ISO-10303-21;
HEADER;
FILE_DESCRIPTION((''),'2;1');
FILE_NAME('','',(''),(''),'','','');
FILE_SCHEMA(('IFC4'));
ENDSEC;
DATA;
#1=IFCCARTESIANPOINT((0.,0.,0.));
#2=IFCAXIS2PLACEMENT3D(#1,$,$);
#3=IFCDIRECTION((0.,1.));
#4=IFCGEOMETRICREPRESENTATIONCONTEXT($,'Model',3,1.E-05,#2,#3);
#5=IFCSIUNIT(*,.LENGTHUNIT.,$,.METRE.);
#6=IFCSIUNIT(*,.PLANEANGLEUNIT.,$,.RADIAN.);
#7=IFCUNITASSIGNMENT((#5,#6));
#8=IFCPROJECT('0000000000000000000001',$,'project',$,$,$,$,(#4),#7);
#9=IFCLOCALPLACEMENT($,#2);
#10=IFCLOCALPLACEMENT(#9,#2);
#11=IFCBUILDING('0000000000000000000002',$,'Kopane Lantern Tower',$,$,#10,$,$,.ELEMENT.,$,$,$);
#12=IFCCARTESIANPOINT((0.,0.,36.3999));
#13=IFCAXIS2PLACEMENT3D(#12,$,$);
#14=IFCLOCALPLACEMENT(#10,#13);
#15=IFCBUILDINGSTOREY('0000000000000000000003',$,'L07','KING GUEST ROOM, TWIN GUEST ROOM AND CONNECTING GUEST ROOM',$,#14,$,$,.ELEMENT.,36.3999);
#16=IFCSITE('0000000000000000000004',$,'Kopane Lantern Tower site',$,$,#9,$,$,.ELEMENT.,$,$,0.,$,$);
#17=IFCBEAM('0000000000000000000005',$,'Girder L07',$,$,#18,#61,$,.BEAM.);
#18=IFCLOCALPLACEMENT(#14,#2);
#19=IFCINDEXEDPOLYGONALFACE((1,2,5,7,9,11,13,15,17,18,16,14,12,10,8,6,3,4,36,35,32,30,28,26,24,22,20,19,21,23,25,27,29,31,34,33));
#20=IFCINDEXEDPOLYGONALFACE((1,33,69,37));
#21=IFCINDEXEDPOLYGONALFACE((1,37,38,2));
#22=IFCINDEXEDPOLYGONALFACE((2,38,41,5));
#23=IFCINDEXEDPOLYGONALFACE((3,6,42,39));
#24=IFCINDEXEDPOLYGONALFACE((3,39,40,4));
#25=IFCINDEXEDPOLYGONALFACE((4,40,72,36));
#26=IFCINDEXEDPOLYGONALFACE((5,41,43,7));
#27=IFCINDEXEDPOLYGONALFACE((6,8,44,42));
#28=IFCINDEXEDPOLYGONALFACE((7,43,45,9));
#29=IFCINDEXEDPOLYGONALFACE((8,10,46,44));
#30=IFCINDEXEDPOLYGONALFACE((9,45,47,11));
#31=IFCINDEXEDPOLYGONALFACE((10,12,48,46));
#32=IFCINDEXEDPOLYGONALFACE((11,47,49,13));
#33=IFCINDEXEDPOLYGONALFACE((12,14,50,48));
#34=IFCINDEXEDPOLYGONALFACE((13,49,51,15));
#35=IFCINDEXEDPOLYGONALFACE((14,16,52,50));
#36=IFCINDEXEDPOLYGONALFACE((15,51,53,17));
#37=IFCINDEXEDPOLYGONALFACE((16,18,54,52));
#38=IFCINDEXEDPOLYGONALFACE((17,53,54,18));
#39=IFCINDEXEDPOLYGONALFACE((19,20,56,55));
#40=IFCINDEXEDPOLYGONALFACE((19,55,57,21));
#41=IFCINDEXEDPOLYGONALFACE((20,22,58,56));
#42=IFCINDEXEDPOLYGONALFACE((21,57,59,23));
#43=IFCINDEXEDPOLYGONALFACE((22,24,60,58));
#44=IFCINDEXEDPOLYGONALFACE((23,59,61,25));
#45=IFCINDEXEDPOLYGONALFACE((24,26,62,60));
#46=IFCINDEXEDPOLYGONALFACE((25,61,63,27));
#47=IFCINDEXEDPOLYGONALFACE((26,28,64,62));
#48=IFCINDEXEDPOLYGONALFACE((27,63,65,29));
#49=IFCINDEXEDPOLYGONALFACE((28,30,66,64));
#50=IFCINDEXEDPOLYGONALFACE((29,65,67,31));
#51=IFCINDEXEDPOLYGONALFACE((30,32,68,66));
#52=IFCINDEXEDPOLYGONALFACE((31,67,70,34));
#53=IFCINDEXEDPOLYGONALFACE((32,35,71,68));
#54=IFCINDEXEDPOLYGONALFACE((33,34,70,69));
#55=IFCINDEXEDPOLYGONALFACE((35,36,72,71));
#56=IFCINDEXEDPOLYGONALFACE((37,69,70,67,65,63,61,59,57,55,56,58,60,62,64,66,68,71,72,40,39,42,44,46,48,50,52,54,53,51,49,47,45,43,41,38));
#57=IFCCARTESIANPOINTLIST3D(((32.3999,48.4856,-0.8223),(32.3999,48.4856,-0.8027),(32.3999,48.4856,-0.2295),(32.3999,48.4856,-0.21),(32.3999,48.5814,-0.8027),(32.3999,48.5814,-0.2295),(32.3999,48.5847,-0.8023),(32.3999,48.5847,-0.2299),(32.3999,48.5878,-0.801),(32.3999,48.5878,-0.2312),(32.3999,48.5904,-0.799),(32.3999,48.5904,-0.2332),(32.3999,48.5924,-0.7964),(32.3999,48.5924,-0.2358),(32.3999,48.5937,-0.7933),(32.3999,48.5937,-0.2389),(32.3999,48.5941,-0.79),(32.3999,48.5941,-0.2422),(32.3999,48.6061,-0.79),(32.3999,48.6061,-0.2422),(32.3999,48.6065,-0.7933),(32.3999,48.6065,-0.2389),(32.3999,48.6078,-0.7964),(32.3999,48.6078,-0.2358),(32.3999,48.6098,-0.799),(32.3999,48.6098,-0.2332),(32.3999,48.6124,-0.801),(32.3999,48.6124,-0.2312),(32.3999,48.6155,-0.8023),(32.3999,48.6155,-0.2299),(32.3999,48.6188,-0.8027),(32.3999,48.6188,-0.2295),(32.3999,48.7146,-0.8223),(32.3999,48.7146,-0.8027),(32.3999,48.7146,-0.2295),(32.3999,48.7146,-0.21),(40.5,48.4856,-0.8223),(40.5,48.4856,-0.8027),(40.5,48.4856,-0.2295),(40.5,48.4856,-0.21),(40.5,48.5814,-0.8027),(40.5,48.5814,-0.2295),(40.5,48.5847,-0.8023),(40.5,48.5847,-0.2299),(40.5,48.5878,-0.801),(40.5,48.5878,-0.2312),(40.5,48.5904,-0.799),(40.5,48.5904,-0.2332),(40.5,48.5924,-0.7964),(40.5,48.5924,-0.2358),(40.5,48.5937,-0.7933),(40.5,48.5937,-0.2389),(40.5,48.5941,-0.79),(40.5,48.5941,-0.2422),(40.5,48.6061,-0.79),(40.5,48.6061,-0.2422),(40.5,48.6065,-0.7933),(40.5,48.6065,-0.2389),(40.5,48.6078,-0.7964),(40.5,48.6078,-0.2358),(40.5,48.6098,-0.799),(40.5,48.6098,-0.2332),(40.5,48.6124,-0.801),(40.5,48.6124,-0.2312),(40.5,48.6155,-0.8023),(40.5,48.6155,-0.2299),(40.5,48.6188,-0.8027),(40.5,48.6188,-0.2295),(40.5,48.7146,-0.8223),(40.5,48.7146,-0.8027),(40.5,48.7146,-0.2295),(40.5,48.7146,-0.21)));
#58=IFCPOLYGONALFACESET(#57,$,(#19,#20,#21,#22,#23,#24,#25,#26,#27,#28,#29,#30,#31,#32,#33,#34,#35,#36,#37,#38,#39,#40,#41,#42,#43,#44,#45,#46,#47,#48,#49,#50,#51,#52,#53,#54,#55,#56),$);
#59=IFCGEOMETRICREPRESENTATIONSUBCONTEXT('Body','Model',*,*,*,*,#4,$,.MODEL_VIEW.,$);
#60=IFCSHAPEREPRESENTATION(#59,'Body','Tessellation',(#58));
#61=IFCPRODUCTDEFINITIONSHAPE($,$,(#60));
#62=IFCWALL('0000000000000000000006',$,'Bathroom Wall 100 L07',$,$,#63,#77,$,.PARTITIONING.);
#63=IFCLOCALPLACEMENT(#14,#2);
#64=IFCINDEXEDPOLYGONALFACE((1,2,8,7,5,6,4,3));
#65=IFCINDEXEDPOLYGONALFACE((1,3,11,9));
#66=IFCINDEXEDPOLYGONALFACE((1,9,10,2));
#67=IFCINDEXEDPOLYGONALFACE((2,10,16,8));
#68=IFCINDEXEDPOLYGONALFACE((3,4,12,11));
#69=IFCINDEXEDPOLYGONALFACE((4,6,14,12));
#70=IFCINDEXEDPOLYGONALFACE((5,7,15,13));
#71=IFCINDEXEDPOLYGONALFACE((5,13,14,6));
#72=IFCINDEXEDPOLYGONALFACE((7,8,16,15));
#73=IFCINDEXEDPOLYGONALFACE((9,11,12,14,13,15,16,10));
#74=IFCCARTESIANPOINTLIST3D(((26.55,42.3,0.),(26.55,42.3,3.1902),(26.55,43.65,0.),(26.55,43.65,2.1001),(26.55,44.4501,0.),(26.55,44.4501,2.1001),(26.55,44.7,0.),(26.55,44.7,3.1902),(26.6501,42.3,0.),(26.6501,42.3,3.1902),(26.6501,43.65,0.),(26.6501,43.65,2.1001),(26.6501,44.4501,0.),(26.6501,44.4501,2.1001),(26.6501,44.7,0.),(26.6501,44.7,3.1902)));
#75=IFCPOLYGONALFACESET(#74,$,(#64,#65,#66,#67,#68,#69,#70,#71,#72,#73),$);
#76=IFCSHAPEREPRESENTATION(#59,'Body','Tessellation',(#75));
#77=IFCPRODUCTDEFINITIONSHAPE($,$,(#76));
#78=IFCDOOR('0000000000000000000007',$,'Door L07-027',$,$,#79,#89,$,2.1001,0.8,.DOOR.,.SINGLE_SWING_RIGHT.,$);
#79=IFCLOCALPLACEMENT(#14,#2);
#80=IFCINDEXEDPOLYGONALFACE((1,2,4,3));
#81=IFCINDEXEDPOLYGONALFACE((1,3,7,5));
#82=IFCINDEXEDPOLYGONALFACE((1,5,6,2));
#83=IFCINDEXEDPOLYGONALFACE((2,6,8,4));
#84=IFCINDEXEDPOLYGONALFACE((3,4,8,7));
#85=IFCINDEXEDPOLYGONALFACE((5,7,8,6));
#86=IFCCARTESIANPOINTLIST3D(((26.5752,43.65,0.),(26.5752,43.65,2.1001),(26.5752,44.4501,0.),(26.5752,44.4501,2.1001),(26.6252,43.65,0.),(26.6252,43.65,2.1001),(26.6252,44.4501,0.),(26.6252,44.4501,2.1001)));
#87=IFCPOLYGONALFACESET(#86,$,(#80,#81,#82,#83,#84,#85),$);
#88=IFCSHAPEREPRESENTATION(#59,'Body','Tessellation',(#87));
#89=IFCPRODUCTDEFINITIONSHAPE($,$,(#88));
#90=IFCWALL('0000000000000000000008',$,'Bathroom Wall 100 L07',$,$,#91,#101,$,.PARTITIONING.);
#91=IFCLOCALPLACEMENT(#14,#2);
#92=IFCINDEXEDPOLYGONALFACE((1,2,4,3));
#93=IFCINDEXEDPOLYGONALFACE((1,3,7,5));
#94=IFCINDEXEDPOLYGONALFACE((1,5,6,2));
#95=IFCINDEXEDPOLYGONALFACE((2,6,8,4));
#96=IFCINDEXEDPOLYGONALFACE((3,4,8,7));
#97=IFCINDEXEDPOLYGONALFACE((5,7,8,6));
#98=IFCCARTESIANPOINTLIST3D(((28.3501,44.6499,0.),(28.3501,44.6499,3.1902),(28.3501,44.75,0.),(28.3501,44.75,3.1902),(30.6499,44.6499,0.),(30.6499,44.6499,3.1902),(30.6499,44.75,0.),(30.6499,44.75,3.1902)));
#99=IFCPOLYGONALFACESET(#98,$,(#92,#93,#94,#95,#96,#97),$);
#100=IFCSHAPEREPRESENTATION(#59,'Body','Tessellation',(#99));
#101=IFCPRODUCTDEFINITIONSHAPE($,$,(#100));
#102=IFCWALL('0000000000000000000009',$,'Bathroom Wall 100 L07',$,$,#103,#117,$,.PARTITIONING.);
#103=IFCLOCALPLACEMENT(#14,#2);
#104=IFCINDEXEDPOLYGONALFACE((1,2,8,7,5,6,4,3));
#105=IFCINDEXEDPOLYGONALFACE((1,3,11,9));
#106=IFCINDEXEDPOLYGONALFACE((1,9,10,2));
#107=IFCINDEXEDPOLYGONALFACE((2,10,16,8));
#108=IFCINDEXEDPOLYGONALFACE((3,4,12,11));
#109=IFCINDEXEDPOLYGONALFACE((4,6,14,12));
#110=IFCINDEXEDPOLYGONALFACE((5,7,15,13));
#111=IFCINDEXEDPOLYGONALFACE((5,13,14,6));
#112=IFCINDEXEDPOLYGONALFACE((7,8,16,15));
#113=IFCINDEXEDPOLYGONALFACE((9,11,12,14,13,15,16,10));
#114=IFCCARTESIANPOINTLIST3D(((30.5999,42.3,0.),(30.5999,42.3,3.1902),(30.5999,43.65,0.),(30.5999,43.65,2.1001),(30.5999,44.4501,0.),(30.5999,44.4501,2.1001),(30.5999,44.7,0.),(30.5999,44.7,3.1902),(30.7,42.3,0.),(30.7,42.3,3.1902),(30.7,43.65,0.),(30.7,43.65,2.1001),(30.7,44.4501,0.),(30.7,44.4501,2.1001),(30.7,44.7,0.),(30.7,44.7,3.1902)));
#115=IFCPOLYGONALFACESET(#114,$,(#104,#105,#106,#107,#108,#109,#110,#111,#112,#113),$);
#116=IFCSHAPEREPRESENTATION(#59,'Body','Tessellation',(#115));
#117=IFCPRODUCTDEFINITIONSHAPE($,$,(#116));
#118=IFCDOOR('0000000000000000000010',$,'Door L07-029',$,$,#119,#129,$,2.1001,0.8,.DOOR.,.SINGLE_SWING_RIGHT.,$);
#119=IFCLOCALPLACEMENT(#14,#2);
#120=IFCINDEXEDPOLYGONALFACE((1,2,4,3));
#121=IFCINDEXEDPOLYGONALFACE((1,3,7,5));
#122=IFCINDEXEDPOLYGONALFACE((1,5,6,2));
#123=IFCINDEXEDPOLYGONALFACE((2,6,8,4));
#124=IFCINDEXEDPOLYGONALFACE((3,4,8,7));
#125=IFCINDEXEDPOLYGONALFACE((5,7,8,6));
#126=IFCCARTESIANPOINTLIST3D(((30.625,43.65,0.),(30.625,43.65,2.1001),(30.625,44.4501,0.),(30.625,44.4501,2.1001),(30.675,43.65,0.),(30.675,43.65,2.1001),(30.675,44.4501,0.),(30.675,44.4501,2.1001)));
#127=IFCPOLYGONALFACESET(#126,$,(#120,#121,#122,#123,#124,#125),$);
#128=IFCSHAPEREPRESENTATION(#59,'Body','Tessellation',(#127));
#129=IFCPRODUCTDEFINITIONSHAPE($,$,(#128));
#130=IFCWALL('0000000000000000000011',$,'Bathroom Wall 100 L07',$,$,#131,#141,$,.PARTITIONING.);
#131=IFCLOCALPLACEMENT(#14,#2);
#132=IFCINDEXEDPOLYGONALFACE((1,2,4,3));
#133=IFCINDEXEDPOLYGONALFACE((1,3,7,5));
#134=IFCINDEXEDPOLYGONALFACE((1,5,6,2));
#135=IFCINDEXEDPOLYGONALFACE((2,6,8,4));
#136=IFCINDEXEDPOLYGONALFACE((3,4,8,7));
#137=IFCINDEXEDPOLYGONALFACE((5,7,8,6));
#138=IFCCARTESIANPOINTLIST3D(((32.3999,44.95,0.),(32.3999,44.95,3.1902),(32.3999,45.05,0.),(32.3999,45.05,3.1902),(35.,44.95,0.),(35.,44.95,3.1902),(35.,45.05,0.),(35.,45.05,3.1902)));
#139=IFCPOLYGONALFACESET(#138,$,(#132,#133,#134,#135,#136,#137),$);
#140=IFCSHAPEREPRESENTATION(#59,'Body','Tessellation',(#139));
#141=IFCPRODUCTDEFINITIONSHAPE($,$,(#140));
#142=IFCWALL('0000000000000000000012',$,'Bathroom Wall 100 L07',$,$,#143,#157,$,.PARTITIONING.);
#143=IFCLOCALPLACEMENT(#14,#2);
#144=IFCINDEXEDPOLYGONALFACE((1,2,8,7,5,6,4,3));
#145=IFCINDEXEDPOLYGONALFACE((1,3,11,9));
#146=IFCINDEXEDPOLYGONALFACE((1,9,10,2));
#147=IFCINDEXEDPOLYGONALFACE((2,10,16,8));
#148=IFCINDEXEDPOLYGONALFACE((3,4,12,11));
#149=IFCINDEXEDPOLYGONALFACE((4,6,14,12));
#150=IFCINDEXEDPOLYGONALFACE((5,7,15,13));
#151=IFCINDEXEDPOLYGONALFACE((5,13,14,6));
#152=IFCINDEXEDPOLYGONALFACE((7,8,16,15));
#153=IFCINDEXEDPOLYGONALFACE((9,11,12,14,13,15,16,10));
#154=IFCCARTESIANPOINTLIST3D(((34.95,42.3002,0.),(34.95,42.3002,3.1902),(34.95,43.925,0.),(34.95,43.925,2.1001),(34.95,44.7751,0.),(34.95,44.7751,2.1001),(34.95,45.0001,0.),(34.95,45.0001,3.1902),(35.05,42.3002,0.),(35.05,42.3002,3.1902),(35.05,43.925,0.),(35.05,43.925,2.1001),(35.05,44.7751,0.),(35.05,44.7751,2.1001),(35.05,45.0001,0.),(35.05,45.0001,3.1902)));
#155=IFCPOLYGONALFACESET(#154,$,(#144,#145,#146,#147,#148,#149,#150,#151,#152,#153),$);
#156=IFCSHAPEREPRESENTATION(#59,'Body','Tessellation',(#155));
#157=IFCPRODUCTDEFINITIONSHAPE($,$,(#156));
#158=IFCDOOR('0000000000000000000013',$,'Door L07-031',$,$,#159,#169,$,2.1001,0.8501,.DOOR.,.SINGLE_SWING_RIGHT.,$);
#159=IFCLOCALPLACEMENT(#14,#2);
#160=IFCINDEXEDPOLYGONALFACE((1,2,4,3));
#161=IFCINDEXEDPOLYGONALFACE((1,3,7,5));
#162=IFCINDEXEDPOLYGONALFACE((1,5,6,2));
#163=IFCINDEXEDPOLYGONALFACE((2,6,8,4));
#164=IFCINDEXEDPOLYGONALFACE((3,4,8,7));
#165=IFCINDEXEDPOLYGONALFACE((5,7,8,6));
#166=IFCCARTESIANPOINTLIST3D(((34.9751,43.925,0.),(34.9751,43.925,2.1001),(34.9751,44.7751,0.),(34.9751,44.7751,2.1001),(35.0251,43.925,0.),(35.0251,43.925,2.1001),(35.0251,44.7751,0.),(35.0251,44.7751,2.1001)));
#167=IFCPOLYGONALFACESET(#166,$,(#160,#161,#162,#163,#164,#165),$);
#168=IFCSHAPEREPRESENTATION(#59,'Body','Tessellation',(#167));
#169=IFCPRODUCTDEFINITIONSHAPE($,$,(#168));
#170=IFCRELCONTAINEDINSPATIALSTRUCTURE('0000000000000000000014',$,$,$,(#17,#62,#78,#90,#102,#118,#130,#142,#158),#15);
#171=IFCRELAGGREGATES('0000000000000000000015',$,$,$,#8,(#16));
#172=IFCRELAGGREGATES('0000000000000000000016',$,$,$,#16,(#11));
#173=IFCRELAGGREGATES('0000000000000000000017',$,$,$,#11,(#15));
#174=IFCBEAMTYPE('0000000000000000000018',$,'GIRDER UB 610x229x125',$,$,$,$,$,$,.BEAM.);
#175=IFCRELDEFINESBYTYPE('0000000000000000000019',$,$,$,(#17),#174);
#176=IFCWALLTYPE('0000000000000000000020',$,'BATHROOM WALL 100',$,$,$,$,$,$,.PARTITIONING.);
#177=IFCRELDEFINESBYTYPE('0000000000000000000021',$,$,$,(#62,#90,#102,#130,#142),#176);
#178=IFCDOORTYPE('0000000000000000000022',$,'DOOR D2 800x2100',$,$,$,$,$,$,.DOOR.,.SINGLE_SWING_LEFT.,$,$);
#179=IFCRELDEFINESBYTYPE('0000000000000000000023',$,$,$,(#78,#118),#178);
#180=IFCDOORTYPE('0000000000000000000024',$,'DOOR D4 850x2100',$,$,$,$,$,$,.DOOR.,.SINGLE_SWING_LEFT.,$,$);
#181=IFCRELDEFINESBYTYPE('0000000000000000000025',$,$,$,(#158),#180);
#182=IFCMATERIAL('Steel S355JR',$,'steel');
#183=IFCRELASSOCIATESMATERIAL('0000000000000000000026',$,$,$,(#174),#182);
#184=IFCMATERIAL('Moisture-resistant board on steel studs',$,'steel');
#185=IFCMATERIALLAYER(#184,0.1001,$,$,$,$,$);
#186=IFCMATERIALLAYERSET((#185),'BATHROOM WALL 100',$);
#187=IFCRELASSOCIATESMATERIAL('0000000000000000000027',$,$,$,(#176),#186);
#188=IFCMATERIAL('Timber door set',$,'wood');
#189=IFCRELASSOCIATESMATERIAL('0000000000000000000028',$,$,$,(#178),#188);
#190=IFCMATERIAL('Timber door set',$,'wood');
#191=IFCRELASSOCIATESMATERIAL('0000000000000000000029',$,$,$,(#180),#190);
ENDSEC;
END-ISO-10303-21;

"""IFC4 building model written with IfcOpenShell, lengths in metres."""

from ifc_helpers import new_model, si_unit, direction, frame, frame_2d, origin, origin_2d, place, context, subcontext, project, spatial, rectangle, i_section, extrude, material, layer, layer_set, material_profile, profile_set, type_object, element, fill, save


model = new_model("IFC4")

# Units and contexts
model_context = context("Model", 3, precision=1e-05, world=origin(), true_north=direction((0.0, 1.0)))
body_context = subcontext(model_context, "Body", "Model", "MODEL_VIEW")
ifc_project = project(units=[si_unit("LENGTHUNIT", "METRE"), si_unit("PLANEANGLEUNIT", "RADIAN")], contexts=[model_context])

# Site, building, storey
site_placement = place(None, origin())
site = spatial("IfcSite", under=ifc_project, at=site_placement, Name="Kopane Lantern Tower site", CompositionType="ELEMENT", RefElevation=0.0)
building_placement = place(site_placement, origin())
building = spatial("IfcBuilding", under=site, at=building_placement, Name="Kopane Lantern Tower", CompositionType="ELEMENT")
storey_placement = place(building_placement, frame((0.0, 0.0, 36.3999)))
storey = spatial("IfcBuildingStorey", under=building, at=storey_placement, Name="L07", Description="KING GUEST ROOM, TWIN GUEST ROOM AND CONNECTING GUEST ROOM", CompositionType="ELEMENT", Elevation=36.3999)

# Beam
ifc_material_1 = material(Name="Steel S355JR", Category="steel")
ifc_material_profile_1 = material_profile(ifc_material_1, i_section(OverallWidth=0.229, OverallDepth=0.6123, WebThickness=0.012, FlangeThickness=0.0195, FilletRadius=0.0127, at=origin_2d()), Name="UB 610x229x125")
ifc_profile_set_1 = profile_set([ifc_material_profile_1], Name="Steel S355JR")
beam_type = type_object("IfcBeamType", Name="GIRDER UB 610x229x125", PredefinedType="BEAM", material=ifc_profile_set_1)
for number, where, z_axis, x_axis, name in (
    (1, (32.3999, 48.6001, -0.5161), (1.0, 0.0, 0.0), (0.0, 1.0, 0.0), "Girder L07"),
):
    element("IfcBeam", number, at=place(storey_placement, frame(where, z_axis=z_axis, x_axis=x_axis)), inside=storey, type_object=beam_type, Name=name, PredefinedType="BEAM", context=body_context, shape_type="SweptSolid", body=[
        extrude(i_section(OverallWidth=0.229, OverallDepth=0.6123, WebThickness=0.012, FlangeThickness=0.0195, FilletRadius=0.0127, at=origin_2d()), origin(), (0.0, 0.0, 1.0), 8.1001),
    ])

# Wall, opening, door
ifc_material_2 = material(Name="Moisture-resistant board on steel studs", Category="steel")
ifc_layer_1 = layer(ifc_material_2, 0.1001)
ifc_layer_set_1 = layer_set([ifc_layer_1], Name="BATHROOM WALL 100")
wall_type_1 = type_object("IfcWallType", Name="BATHROOM WALL 100", PredefinedType="PARTITIONING", material=ifc_layer_set_1)
wall_1_placement = place(storey_placement, frame((26.6001, 42.3, 0.0), z_axis=(0.0, 0.0, 1.0), x_axis=(0.0, 1.0, 0.0)))
wall_1 = element("IfcWall", 2, at=wall_1_placement, inside=storey, type_object=wall_type_1, Name="Bathroom Wall 100 L07", PredefinedType="PARTITIONING", context=body_context, shape_type="SweptSolid", body=[
    extrude(rectangle(XDim=2.3999, YDim=0.1001, at=frame_2d((1.2, 0.0))), origin(), (0.0, 0.0, 1.0), 3.1902),
])
opening_1_placement = place(wall_1_placement, frame((1.3501, 0.0, 0.0)))
opening_1 = element("IfcOpeningElement", 3, at=opening_1_placement, cuts=wall_1, PredefinedType="OPENING", context=body_context, shape_type="SweptSolid", body=[
    extrude(rectangle(XDim=0.8, YDim=2.1001, at=frame_2d((0.3999, 1.05))), frame((0.0, 0.0601, 0.0), z_axis=(0.0, -1.0, 0.0), x_axis=(1.0, 0.0, 0.0)), (0.0, 0.0, 1.0), 0.1201),
])
ifc_material_3 = material(Name="Timber door set", Category="wood")
door_type_1 = type_object("IfcDoorType", Name="DOOR D2 800x2100", OperationType="SINGLE_SWING_LEFT", PredefinedType="DOOR", material=ifc_material_3)
door_1_placement = place(opening_1_placement, origin())
door_1 = element("IfcDoor", 4, at=door_1_placement, inside=storey, type_object=door_type_1, Name="Door L07-027", OperationType="SINGLE_SWING_RIGHT", OverallHeight=2.1001, OverallWidth=0.8, PredefinedType="DOOR", context=body_context, shape_type="SweptSolid", body=[
    extrude(rectangle(XDim=0.8, YDim=2.1001, at=frame_2d((0.3999, 1.05))), frame((0.0, 0.0249, 0.0), z_axis=(0.0, -1.0, 0.0), x_axis=(1.0, 0.0, 0.0)), (0.0, 0.0, 1.0), 0.05),
])
fill(opening_1, door_1)

# Wall
wall_2_placement = place(storey_placement, frame((28.3501, 44.7, 0.0), z_axis=(0.0, 0.0, 1.0), x_axis=(1.0, 0.0, 0.0)))
element("IfcWall", 5, at=wall_2_placement, inside=storey, type_object=wall_type_1, Name="Bathroom Wall 100 L07", PredefinedType="PARTITIONING", context=body_context, shape_type="SweptSolid", body=[
    extrude(rectangle(XDim=2.2998, YDim=0.1001, at=frame_2d((1.1499, 0.0))), origin(), (0.0, 0.0, 1.0), 3.1902),
])

# Wall, opening, door
wall_3_placement = place(storey_placement, frame((30.6499, 42.3, 0.0), z_axis=(0.0, 0.0, 1.0), x_axis=(0.0, 1.0, 0.0)))
wall_3 = element("IfcWall", 6, at=wall_3_placement, inside=storey, type_object=wall_type_1, Name="Bathroom Wall 100 L07", PredefinedType="PARTITIONING", context=body_context, shape_type="SweptSolid", body=[
    extrude(rectangle(XDim=2.3999, YDim=0.1001, at=frame_2d((1.2, 0.0))), origin(), (0.0, 0.0, 1.0), 3.1902),
])
opening_2_placement = place(wall_3_placement, frame((1.3501, 0.0, 0.0)))
opening_2 = element("IfcOpeningElement", 7, at=opening_2_placement, cuts=wall_3, PredefinedType="OPENING", context=body_context, shape_type="SweptSolid", body=[
    extrude(rectangle(XDim=0.8, YDim=2.1001, at=frame_2d((0.3999, 1.05))), frame((0.0, 0.0601, 0.0), z_axis=(0.0, -1.0, 0.0), x_axis=(1.0, 0.0, 0.0)), (0.0, 0.0, 1.0), 0.1201),
])
door_2_placement = place(opening_2_placement, origin())
door_2 = element("IfcDoor", 8, at=door_2_placement, inside=storey, type_object=door_type_1, Name="Door L07-029", OperationType="SINGLE_SWING_RIGHT", OverallHeight=2.1001, OverallWidth=0.8, PredefinedType="DOOR", context=body_context, shape_type="SweptSolid", body=[
    extrude(rectangle(XDim=0.8, YDim=2.1001, at=frame_2d((0.3999, 1.05))), frame((0.0, 0.0249, 0.0), z_axis=(0.0, -1.0, 0.0), x_axis=(1.0, 0.0, 0.0)), (0.0, 0.0, 1.0), 0.05),
])
fill(opening_2, door_2)

# Wall
wall_4_placement = place(storey_placement, frame((32.3999, 45.0, 0.0), z_axis=(0.0, 0.0, 1.0), x_axis=(1.0, 0.0, 0.0)))
element("IfcWall", 9, at=wall_4_placement, inside=storey, type_object=wall_type_1, Name="Bathroom Wall 100 L07", PredefinedType="PARTITIONING", context=body_context, shape_type="SweptSolid", body=[
    extrude(rectangle(XDim=2.6001, YDim=0.1001, at=frame_2d((1.3, 0.0))), origin(), (0.0, 0.0, 1.0), 3.1902),
])

# Wall, opening, door
wall_5_placement = place(storey_placement, frame((35.0, 42.3, 0.0), z_axis=(0.0, 0.0, 1.0), x_axis=(0.0, 1.0, 0.0)))
wall_5 = element("IfcWall", 10, at=wall_5_placement, inside=storey, type_object=wall_type_1, Name="Bathroom Wall 100 L07", PredefinedType="PARTITIONING", context=body_context, shape_type="SweptSolid", body=[
    extrude(rectangle(XDim=2.7, YDim=0.1001, at=frame_2d((1.3501, 0.0))), origin(), (0.0, 0.0, 1.0), 3.1902),
])
opening_3_placement = place(wall_5_placement, frame((1.625, 0.0, 0.0)))
opening_3 = element("IfcOpeningElement", 11, at=opening_3_placement, cuts=wall_5, PredefinedType="OPENING", context=body_context, shape_type="SweptSolid", body=[
    extrude(rectangle(XDim=0.8501, YDim=2.1001, at=frame_2d((0.425, 1.05))), frame((0.0, 0.0601, 0.0), z_axis=(0.0, -1.0, 0.0), x_axis=(1.0, 0.0, 0.0)), (0.0, 0.0, 1.0), 0.1201),
])
ifc_material_4 = material(Name="Timber door set", Category="wood")
door_type_2 = type_object("IfcDoorType", Name="DOOR D4 850x2100", OperationType="SINGLE_SWING_LEFT", PredefinedType="DOOR", material=ifc_material_4)
door_3_placement = place(opening_3_placement, origin())
door_3 = element("IfcDoor", 12, at=door_3_placement, inside=storey, type_object=door_type_2, Name="Door L07-031", OperationType="SINGLE_SWING_RIGHT", OverallHeight=2.1001, OverallWidth=0.8501, PredefinedType="DOOR", context=body_context, shape_type="SweptSolid", body=[
    extrude(rectangle(XDim=0.8501, YDim=2.1001, at=frame_2d((0.425, 1.05))), frame((0.0, 0.0249, 0.0), z_axis=(0.0, -1.0, 0.0), x_axis=(1.0, 0.0, 0.0)), (0.0, 0.0, 1.0), 0.05),
])
fill(opening_3, door_3)

save(model, "model.ifc")
